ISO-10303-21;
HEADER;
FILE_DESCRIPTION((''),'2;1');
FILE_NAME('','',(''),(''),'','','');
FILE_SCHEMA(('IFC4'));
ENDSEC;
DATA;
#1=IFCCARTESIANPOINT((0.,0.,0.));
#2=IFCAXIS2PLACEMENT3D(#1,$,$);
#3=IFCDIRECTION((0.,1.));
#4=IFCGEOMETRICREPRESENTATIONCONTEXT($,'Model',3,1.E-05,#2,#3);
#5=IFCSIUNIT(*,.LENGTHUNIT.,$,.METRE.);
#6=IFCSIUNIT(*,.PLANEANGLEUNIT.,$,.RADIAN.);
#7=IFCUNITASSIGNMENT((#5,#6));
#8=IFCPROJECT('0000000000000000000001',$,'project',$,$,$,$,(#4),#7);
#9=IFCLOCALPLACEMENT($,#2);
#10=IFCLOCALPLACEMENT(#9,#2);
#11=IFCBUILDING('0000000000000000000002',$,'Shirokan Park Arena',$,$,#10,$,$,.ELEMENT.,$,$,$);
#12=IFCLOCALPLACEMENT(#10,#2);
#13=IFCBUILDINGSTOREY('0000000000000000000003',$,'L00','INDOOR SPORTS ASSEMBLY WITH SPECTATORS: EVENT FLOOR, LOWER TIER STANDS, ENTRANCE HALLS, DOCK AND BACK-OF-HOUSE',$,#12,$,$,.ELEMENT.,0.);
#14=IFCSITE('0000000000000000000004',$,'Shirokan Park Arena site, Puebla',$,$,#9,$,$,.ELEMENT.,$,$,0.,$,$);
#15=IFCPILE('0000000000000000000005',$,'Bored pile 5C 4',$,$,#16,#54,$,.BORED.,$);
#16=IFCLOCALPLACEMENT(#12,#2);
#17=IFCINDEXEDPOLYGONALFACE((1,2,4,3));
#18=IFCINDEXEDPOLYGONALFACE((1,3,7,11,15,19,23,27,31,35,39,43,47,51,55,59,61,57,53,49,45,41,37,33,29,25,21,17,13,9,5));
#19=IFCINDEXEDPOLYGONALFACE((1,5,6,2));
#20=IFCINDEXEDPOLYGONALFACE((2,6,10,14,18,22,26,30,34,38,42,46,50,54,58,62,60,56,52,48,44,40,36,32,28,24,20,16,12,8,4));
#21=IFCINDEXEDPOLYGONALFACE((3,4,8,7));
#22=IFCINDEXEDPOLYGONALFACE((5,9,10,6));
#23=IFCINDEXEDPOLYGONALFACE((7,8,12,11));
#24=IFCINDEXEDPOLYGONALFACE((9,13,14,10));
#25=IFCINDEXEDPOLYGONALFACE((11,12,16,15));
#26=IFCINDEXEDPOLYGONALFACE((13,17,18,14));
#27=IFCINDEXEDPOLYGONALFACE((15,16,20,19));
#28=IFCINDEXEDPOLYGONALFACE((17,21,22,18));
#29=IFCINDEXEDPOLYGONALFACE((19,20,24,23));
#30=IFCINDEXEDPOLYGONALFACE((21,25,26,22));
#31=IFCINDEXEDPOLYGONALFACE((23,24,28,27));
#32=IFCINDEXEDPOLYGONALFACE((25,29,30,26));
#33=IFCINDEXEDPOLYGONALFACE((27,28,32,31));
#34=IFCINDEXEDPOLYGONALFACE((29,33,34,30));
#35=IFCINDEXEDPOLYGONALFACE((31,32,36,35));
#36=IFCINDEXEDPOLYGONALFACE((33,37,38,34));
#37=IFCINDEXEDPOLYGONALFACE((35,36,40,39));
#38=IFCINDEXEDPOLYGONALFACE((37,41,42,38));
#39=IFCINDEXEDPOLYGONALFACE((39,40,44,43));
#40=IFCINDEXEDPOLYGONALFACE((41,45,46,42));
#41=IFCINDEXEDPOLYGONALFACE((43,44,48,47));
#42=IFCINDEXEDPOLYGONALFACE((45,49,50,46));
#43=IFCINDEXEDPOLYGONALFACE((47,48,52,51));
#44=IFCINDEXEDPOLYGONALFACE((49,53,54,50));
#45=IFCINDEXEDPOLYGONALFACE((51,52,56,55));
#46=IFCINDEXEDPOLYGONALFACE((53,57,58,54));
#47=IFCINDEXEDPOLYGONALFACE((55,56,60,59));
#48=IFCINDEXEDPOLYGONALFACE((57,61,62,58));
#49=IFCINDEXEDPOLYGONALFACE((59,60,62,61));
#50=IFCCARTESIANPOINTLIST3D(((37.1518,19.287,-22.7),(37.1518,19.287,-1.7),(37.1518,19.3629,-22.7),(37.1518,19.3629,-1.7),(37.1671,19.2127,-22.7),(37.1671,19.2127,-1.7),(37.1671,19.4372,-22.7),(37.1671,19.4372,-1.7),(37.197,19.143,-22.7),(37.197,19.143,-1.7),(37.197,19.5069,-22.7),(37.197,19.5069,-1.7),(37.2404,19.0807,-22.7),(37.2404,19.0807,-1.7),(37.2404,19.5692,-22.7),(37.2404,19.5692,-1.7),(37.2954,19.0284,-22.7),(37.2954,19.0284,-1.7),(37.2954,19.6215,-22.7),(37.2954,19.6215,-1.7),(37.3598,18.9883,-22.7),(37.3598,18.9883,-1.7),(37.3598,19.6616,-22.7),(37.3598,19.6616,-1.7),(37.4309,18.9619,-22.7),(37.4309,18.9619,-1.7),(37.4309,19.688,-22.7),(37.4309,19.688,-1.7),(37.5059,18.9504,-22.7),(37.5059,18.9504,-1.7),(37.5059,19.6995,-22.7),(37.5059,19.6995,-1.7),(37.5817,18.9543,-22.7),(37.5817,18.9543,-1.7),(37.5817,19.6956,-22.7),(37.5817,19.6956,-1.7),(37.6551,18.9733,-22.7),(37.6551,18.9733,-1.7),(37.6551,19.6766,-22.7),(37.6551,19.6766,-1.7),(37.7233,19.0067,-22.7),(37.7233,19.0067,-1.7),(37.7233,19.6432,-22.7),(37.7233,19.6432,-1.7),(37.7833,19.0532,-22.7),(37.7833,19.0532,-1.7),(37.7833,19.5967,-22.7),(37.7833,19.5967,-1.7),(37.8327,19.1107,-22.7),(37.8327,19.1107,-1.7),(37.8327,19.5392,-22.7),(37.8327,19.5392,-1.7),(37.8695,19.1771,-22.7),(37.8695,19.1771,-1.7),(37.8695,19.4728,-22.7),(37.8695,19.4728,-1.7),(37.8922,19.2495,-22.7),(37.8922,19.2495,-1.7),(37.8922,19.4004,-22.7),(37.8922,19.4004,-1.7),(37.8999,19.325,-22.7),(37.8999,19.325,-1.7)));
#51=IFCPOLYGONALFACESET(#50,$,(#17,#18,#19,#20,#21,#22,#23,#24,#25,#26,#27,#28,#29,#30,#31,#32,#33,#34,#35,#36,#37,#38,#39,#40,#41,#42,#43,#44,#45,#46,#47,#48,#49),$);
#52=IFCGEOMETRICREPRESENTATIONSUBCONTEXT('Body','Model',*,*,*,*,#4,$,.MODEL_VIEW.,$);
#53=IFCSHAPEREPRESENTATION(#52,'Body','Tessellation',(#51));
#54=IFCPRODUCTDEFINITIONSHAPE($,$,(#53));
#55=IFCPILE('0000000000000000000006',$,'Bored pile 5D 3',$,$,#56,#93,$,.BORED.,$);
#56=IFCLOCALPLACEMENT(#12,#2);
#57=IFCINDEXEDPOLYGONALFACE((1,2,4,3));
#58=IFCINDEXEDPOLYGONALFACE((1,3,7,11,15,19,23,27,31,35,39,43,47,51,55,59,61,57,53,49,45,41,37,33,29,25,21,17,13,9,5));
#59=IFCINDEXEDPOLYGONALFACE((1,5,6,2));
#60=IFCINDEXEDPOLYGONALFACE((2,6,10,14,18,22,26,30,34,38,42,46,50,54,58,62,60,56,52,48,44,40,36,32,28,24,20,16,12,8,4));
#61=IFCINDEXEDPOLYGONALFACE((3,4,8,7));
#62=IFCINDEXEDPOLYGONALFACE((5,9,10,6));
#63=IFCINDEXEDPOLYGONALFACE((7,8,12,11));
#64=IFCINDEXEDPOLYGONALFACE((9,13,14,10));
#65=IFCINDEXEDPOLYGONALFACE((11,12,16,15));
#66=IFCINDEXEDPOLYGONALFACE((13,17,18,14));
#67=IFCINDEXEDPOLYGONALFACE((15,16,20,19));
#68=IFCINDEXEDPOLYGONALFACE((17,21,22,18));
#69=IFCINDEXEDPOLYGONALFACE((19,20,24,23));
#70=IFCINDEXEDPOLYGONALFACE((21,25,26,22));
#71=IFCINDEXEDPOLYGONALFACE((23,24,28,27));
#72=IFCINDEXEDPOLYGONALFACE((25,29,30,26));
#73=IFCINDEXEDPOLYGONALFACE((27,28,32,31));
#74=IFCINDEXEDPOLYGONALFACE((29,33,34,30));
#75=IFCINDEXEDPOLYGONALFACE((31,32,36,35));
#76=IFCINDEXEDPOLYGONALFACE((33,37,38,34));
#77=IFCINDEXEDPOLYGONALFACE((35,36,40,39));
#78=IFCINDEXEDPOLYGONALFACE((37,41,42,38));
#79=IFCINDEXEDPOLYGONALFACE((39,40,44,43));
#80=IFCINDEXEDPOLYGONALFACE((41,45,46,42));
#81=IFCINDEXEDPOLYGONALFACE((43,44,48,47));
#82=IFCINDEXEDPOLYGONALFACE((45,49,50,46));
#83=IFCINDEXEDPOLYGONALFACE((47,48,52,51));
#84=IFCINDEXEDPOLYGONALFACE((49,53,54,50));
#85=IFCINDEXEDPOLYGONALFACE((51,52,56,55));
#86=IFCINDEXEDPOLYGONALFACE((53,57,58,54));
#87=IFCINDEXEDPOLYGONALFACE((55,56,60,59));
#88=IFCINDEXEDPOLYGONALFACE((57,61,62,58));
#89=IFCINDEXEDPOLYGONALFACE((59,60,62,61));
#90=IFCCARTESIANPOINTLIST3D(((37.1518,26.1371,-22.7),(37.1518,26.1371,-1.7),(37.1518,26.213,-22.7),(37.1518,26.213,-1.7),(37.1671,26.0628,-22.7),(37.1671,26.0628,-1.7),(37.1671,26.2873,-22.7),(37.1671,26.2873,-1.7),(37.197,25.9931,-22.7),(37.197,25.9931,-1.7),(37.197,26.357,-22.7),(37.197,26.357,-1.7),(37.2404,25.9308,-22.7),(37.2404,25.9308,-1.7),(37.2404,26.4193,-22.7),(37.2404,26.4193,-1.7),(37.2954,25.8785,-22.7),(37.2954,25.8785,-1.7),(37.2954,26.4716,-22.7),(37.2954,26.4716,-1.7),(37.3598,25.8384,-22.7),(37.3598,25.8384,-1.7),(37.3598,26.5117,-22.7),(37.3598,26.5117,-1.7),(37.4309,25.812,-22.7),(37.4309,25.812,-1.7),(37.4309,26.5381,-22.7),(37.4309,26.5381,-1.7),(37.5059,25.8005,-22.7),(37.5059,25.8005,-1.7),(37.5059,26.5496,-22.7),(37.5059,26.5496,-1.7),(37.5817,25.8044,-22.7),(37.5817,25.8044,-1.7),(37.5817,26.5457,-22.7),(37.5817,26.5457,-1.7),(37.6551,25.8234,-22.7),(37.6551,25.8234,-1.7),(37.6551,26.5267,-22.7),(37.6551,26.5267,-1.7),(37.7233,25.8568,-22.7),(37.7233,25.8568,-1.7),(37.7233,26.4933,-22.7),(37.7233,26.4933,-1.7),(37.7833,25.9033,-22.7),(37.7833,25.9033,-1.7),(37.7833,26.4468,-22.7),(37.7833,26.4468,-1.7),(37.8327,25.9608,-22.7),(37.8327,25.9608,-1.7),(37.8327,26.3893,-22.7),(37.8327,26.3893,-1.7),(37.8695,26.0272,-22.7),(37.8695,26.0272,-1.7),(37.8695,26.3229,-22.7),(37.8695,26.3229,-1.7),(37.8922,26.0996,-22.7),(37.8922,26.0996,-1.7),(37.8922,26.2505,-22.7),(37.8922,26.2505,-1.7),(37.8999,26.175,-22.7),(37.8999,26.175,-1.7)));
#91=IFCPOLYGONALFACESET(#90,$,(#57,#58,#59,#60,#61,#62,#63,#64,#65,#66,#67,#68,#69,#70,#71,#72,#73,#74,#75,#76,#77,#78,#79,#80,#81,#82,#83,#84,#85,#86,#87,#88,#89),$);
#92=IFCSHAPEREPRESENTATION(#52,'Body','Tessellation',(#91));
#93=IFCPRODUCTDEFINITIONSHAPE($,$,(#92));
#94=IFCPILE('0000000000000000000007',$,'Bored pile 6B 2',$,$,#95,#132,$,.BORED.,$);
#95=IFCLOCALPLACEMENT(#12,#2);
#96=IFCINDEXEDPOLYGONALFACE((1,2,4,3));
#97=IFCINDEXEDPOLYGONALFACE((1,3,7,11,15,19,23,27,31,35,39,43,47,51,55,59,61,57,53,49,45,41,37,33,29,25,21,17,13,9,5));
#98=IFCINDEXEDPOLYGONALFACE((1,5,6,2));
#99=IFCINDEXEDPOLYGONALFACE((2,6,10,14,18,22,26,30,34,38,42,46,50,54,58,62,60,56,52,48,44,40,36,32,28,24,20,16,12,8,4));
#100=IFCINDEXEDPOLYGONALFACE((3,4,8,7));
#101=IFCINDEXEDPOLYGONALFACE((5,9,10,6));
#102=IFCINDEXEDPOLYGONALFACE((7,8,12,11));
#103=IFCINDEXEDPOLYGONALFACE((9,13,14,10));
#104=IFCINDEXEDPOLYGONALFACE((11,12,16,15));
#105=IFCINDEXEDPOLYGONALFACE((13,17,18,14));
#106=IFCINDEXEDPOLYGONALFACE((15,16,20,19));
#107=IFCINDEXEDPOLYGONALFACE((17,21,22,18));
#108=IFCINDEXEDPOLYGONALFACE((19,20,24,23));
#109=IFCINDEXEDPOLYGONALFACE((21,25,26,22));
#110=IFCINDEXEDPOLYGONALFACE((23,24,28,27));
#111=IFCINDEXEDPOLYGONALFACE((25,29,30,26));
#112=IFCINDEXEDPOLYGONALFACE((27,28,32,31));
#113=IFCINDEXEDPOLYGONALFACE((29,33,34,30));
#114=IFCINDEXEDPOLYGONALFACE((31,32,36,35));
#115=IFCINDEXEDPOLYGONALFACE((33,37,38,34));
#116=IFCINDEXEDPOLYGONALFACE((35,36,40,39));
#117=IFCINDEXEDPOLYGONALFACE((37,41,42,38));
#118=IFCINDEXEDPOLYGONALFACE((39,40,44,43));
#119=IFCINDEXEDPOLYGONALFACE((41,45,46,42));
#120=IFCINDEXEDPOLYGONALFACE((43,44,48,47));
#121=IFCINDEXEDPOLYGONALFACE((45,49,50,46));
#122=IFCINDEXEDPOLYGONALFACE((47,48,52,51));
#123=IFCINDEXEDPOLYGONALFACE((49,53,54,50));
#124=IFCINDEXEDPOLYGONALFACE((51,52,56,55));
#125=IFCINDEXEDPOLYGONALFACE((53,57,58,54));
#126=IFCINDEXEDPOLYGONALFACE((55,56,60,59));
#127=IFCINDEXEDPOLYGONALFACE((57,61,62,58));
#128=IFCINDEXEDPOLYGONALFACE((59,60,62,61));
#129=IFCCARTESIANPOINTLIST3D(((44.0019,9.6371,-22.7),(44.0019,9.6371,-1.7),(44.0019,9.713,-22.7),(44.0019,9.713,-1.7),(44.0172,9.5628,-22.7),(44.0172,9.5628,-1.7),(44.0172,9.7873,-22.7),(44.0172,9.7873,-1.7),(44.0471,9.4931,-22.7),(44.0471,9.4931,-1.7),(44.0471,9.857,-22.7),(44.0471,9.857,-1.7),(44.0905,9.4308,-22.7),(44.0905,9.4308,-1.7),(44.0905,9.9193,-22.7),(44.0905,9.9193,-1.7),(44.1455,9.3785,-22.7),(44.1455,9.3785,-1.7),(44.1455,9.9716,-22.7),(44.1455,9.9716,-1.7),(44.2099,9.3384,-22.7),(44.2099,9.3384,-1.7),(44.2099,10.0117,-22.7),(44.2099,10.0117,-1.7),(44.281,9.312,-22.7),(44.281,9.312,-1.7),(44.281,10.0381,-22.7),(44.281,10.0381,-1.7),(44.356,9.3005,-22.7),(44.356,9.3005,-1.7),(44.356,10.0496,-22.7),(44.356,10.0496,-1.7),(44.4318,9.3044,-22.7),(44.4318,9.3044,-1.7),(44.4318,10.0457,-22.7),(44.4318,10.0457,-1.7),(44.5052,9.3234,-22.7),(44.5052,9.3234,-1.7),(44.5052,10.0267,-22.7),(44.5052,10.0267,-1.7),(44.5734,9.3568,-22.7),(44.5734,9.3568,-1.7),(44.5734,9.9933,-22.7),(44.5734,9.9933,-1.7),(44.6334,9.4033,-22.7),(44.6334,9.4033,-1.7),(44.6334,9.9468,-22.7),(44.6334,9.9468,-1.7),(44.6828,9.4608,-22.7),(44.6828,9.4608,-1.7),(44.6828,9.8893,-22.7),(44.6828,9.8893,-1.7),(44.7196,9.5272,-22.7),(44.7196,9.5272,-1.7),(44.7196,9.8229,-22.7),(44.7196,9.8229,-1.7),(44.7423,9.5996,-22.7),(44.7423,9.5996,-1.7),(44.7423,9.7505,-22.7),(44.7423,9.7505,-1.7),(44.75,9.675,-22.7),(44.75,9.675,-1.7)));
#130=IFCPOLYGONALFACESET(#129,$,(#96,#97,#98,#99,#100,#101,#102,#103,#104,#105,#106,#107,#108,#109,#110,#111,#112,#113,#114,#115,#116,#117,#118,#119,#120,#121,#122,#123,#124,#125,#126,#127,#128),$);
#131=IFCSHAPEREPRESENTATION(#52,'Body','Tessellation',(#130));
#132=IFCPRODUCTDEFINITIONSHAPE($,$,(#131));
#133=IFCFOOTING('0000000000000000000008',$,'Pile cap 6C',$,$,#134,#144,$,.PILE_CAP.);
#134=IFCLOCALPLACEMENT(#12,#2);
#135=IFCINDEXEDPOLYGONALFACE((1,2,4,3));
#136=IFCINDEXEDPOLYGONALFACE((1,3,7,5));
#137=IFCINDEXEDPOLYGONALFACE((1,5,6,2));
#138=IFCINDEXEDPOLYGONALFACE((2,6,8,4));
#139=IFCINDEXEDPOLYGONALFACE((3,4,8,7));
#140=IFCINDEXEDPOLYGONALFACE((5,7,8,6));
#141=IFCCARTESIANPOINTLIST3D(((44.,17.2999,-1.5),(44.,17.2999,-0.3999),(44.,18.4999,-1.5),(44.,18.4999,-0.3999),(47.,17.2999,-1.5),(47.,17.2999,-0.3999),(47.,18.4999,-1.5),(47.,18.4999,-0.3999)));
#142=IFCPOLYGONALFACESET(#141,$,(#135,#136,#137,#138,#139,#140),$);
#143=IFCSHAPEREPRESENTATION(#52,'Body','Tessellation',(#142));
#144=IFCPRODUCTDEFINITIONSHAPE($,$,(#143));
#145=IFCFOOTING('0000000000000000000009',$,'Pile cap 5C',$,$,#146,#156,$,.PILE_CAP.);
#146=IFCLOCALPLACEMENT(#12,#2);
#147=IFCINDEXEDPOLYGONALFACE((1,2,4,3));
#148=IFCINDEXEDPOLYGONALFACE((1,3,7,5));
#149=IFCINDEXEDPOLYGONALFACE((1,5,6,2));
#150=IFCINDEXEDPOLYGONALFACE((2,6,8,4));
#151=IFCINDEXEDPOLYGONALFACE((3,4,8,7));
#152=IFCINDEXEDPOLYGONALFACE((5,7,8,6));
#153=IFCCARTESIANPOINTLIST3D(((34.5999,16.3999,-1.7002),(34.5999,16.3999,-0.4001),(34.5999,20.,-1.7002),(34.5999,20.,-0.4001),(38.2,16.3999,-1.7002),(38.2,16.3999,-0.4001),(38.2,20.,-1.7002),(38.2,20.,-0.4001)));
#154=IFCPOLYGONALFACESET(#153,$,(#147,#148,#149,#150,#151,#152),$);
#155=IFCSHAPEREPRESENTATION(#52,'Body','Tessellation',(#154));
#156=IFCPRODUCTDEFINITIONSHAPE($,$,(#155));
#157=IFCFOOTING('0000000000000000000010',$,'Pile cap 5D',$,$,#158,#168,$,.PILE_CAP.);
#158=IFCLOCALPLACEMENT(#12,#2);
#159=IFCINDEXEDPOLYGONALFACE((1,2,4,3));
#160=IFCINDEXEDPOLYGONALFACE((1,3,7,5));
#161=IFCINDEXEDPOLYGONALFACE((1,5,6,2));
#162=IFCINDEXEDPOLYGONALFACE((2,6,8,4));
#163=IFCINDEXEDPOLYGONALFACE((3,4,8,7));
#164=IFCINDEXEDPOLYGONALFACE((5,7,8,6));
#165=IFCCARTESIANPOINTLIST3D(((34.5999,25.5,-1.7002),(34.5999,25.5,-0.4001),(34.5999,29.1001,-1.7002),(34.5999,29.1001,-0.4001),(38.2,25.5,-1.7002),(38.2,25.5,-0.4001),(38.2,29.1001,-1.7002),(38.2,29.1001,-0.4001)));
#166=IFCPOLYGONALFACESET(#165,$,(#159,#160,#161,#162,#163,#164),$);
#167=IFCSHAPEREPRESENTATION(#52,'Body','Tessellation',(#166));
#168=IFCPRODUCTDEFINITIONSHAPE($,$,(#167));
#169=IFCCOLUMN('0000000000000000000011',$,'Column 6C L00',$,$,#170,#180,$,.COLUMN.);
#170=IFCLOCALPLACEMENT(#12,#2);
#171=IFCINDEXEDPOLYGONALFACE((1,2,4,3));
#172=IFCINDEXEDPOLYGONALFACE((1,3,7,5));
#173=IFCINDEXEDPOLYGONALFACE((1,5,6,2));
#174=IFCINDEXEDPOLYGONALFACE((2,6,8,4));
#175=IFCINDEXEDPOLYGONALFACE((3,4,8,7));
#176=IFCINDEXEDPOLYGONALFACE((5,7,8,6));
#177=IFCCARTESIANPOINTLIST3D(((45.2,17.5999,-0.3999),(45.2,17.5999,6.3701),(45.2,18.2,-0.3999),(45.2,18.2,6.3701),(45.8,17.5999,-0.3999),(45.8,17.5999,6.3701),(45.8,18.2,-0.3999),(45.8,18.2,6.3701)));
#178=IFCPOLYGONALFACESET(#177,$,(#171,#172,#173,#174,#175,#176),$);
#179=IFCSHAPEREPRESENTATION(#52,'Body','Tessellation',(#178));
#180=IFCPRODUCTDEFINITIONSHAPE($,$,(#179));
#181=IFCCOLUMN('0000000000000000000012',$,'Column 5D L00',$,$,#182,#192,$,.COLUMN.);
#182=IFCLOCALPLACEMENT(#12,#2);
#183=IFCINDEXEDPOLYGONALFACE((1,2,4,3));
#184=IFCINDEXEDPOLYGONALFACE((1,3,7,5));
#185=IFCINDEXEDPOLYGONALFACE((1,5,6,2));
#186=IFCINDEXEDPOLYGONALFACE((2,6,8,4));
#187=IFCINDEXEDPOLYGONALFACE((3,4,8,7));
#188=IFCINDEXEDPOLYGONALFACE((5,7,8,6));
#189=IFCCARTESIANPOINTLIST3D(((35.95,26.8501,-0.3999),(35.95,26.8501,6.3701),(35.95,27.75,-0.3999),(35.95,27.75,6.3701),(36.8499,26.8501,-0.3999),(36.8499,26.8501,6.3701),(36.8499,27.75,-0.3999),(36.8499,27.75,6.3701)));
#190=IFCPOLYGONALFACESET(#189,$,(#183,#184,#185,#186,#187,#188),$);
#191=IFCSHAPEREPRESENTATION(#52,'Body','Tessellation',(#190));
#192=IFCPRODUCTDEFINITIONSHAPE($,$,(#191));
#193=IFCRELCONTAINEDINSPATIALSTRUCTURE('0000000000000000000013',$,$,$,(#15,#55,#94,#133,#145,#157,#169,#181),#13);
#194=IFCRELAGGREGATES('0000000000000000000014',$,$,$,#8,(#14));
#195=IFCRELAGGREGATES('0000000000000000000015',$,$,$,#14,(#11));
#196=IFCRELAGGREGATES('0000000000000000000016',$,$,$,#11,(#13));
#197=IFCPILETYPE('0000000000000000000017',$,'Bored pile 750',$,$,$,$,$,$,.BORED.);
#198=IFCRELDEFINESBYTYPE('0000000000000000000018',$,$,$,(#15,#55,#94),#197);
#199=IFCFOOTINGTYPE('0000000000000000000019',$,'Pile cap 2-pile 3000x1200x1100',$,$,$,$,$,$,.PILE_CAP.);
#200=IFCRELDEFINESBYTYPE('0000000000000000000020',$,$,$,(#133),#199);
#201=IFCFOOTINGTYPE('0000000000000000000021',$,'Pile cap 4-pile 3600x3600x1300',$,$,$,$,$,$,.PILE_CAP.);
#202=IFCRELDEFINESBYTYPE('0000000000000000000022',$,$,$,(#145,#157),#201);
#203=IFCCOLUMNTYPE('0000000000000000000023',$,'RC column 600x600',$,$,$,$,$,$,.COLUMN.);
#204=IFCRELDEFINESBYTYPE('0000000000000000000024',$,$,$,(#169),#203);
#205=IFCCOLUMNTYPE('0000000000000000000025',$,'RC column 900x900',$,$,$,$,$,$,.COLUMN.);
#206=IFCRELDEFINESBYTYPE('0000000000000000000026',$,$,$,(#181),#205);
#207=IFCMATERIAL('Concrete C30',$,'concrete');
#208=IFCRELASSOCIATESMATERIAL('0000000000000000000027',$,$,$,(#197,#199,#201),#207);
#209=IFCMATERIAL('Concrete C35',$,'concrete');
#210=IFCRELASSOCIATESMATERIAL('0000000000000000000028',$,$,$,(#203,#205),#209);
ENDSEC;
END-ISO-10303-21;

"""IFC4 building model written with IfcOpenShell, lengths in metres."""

from ifc_helpers import new_model, si_unit, direction, frame, origin, origin_2d, place, context, subcontext, project, spatial, rectangle, circle, extrude, material, material_profile, profile_set, type_object, element, save


model = new_model("IFC4")

# Units and contexts
model_context = context("Model", 3, precision=1e-05, world=origin(), true_north=direction((0.0, 1.0)))
body_context = subcontext(model_context, "Body", "Model", "MODEL_VIEW")
ifc_project = project(units=[si_unit("LENGTHUNIT", "METRE"), si_unit("PLANEANGLEUNIT", "RADIAN")], contexts=[model_context])

# Site, building, storey
site_placement = place(None, origin())
site = spatial("IfcSite", under=ifc_project, at=site_placement, Name="Shirokan Park Arena site, Puebla", CompositionType="ELEMENT", RefElevation=0.0)
building_placement = place(site_placement, origin())
building = spatial("IfcBuilding", under=site, at=building_placement, Name="Shirokan Park Arena", CompositionType="ELEMENT")
storey_placement = place(building_placement, origin())
storey = spatial("IfcBuildingStorey", under=building, at=storey_placement, Name="L00", Description="INDOOR SPORTS ASSEMBLY WITH SPECTATORS: EVENT FLOOR, LOWER TIER STANDS, ENTRANCE HALLS, DOCK AND BACK-OF-HOUSE", CompositionType="ELEMENT", Elevation=0.0)

# Piles
ifc_material_1 = material(Name="Concrete C30", Category="concrete")
ifc_material_profile_1 = material_profile(ifc_material_1, circle(Radius=0.375, at=origin_2d()), Name="D750")
ifc_profile_set_1 = profile_set([ifc_material_profile_1], Name="Concrete C30")
pile_type_1 = type_object("IfcPileType", Name="Bored pile 750", PredefinedType="BORED", material=ifc_profile_set_1)
for number, where, z_axis, x_axis, name in (
    (1, (37.5249, 19.325, -1.7), (0.0, 0.0, -1.0), (1.0, 0.0, 0.0), "Bored pile 5C 4"),
    (2, (37.5249, 26.175, -1.7), (0.0, 0.0, -1.0), (1.0, 0.0, 0.0), "Bored pile 5D 3"),
    (3, (44.375, 9.675, -1.7), (0.0, 0.0, -1.0), (1.0, 0.0, 0.0), "Bored pile 6B 2"),
):
    element("IfcPile", number, at=place(storey_placement, frame(where, z_axis=z_axis, x_axis=x_axis)), inside=storey, type_object=pile_type_1, Name=name, PredefinedType="BORED", context=body_context, shape_type="SweptSolid", body=[
        extrude(circle(Radius=0.375, at=origin_2d()), origin(), (0.0, 0.0, 1.0), 21.0),
    ])

# Footings
footing_type_1 = type_object("IfcFootingType", Name="Pile cap 2-pile 3000x1200x1100", PredefinedType="PILE_CAP", material=ifc_material_1)
footing_placement = place(storey_placement, frame((45.5, 17.8999, -1.5), z_axis=(0.0, 0.0, 1.0), x_axis=(1.0, 0.0, 0.0)))
element("IfcFooting", 4, at=footing_placement, inside=storey, type_object=footing_type_1, Name="Pile cap 6C", PredefinedType="PILE_CAP", context=body_context, shape_type="SweptSolid", body=[
    extrude(rectangle(XDim=3.0, YDim=1.2, at=origin_2d()), origin(), (0.0, 0.0, 1.0), 1.1001),
])
footing_type_2 = type_object("IfcFootingType", Name="Pile cap 4-pile 3600x3600x1300", PredefinedType="PILE_CAP", material=ifc_material_1)
for number, where, z_axis, x_axis, name in (
    (5, (36.3999, 18.2, -1.7002), (0.0, 0.0, 1.0), (1.0, 0.0, 0.0), "Pile cap 5C"),
    (6, (36.3999, 27.3, -1.7002), (0.0, 0.0, 1.0), (1.0, 0.0, 0.0), "Pile cap 5D"),
):
    element("IfcFooting", number, at=place(storey_placement, frame(where, z_axis=z_axis, x_axis=x_axis)), inside=storey, type_object=footing_type_2, Name=name, PredefinedType="PILE_CAP", context=body_context, shape_type="SweptSolid", body=[
        extrude(rectangle(XDim=3.6001, YDim=3.6001, at=origin_2d()), origin(), (0.0, 0.0, 1.0), 1.3),
    ])

# Columns
ifc_material_2 = material(Name="Concrete C35", Category="concrete")
ifc_material_profile_2 = material_profile(ifc_material_2, rectangle(XDim=0.6001, YDim=0.6001, at=origin_2d()), Name="600x600")
ifc_profile_set_2 = profile_set([ifc_material_profile_2], Name="Concrete C35")
column_type_1 = type_object("IfcColumnType", Name="RC column 600x600", PredefinedType="COLUMN", material=ifc_profile_set_2)
column_1_placement = place(storey_placement, frame((45.5, 17.8999, -0.3999), z_axis=(0.0, 0.0, 1.0), x_axis=(1.0, 0.0, 0.0)))
element("IfcColumn", 7, at=column_1_placement, inside=storey, type_object=column_type_1, Name="Column 6C L00", PredefinedType="COLUMN", context=body_context, shape_type="SweptSolid", body=[
    extrude(rectangle(XDim=0.6001, YDim=0.6001, at=origin_2d()), origin(), (0.0, 0.0, 1.0), 6.77),
])
ifc_material_profile_3 = material_profile(ifc_material_2, rectangle(XDim=0.8999, YDim=0.8999, at=origin_2d()), Name="900x900")
ifc_profile_set_3 = profile_set([ifc_material_profile_3], Name="Concrete C35")
column_type_2 = type_object("IfcColumnType", Name="RC column 900x900", PredefinedType="COLUMN", material=ifc_profile_set_3)
column_2_placement = place(storey_placement, frame((36.3999, 27.3, -0.3999), z_axis=(0.0, 0.0, 1.0), x_axis=(1.0, 0.0, 0.0)))
element("IfcColumn", 8, at=column_2_placement, inside=storey, type_object=column_type_2, Name="Column 5D L00", PredefinedType="COLUMN", context=body_context, shape_type="SweptSolid", body=[
    extrude(rectangle(XDim=0.8999, YDim=0.8999, at=origin_2d()), origin(), (0.0, 0.0, 1.0), 6.77),
])

save(model, "model.ifc")
